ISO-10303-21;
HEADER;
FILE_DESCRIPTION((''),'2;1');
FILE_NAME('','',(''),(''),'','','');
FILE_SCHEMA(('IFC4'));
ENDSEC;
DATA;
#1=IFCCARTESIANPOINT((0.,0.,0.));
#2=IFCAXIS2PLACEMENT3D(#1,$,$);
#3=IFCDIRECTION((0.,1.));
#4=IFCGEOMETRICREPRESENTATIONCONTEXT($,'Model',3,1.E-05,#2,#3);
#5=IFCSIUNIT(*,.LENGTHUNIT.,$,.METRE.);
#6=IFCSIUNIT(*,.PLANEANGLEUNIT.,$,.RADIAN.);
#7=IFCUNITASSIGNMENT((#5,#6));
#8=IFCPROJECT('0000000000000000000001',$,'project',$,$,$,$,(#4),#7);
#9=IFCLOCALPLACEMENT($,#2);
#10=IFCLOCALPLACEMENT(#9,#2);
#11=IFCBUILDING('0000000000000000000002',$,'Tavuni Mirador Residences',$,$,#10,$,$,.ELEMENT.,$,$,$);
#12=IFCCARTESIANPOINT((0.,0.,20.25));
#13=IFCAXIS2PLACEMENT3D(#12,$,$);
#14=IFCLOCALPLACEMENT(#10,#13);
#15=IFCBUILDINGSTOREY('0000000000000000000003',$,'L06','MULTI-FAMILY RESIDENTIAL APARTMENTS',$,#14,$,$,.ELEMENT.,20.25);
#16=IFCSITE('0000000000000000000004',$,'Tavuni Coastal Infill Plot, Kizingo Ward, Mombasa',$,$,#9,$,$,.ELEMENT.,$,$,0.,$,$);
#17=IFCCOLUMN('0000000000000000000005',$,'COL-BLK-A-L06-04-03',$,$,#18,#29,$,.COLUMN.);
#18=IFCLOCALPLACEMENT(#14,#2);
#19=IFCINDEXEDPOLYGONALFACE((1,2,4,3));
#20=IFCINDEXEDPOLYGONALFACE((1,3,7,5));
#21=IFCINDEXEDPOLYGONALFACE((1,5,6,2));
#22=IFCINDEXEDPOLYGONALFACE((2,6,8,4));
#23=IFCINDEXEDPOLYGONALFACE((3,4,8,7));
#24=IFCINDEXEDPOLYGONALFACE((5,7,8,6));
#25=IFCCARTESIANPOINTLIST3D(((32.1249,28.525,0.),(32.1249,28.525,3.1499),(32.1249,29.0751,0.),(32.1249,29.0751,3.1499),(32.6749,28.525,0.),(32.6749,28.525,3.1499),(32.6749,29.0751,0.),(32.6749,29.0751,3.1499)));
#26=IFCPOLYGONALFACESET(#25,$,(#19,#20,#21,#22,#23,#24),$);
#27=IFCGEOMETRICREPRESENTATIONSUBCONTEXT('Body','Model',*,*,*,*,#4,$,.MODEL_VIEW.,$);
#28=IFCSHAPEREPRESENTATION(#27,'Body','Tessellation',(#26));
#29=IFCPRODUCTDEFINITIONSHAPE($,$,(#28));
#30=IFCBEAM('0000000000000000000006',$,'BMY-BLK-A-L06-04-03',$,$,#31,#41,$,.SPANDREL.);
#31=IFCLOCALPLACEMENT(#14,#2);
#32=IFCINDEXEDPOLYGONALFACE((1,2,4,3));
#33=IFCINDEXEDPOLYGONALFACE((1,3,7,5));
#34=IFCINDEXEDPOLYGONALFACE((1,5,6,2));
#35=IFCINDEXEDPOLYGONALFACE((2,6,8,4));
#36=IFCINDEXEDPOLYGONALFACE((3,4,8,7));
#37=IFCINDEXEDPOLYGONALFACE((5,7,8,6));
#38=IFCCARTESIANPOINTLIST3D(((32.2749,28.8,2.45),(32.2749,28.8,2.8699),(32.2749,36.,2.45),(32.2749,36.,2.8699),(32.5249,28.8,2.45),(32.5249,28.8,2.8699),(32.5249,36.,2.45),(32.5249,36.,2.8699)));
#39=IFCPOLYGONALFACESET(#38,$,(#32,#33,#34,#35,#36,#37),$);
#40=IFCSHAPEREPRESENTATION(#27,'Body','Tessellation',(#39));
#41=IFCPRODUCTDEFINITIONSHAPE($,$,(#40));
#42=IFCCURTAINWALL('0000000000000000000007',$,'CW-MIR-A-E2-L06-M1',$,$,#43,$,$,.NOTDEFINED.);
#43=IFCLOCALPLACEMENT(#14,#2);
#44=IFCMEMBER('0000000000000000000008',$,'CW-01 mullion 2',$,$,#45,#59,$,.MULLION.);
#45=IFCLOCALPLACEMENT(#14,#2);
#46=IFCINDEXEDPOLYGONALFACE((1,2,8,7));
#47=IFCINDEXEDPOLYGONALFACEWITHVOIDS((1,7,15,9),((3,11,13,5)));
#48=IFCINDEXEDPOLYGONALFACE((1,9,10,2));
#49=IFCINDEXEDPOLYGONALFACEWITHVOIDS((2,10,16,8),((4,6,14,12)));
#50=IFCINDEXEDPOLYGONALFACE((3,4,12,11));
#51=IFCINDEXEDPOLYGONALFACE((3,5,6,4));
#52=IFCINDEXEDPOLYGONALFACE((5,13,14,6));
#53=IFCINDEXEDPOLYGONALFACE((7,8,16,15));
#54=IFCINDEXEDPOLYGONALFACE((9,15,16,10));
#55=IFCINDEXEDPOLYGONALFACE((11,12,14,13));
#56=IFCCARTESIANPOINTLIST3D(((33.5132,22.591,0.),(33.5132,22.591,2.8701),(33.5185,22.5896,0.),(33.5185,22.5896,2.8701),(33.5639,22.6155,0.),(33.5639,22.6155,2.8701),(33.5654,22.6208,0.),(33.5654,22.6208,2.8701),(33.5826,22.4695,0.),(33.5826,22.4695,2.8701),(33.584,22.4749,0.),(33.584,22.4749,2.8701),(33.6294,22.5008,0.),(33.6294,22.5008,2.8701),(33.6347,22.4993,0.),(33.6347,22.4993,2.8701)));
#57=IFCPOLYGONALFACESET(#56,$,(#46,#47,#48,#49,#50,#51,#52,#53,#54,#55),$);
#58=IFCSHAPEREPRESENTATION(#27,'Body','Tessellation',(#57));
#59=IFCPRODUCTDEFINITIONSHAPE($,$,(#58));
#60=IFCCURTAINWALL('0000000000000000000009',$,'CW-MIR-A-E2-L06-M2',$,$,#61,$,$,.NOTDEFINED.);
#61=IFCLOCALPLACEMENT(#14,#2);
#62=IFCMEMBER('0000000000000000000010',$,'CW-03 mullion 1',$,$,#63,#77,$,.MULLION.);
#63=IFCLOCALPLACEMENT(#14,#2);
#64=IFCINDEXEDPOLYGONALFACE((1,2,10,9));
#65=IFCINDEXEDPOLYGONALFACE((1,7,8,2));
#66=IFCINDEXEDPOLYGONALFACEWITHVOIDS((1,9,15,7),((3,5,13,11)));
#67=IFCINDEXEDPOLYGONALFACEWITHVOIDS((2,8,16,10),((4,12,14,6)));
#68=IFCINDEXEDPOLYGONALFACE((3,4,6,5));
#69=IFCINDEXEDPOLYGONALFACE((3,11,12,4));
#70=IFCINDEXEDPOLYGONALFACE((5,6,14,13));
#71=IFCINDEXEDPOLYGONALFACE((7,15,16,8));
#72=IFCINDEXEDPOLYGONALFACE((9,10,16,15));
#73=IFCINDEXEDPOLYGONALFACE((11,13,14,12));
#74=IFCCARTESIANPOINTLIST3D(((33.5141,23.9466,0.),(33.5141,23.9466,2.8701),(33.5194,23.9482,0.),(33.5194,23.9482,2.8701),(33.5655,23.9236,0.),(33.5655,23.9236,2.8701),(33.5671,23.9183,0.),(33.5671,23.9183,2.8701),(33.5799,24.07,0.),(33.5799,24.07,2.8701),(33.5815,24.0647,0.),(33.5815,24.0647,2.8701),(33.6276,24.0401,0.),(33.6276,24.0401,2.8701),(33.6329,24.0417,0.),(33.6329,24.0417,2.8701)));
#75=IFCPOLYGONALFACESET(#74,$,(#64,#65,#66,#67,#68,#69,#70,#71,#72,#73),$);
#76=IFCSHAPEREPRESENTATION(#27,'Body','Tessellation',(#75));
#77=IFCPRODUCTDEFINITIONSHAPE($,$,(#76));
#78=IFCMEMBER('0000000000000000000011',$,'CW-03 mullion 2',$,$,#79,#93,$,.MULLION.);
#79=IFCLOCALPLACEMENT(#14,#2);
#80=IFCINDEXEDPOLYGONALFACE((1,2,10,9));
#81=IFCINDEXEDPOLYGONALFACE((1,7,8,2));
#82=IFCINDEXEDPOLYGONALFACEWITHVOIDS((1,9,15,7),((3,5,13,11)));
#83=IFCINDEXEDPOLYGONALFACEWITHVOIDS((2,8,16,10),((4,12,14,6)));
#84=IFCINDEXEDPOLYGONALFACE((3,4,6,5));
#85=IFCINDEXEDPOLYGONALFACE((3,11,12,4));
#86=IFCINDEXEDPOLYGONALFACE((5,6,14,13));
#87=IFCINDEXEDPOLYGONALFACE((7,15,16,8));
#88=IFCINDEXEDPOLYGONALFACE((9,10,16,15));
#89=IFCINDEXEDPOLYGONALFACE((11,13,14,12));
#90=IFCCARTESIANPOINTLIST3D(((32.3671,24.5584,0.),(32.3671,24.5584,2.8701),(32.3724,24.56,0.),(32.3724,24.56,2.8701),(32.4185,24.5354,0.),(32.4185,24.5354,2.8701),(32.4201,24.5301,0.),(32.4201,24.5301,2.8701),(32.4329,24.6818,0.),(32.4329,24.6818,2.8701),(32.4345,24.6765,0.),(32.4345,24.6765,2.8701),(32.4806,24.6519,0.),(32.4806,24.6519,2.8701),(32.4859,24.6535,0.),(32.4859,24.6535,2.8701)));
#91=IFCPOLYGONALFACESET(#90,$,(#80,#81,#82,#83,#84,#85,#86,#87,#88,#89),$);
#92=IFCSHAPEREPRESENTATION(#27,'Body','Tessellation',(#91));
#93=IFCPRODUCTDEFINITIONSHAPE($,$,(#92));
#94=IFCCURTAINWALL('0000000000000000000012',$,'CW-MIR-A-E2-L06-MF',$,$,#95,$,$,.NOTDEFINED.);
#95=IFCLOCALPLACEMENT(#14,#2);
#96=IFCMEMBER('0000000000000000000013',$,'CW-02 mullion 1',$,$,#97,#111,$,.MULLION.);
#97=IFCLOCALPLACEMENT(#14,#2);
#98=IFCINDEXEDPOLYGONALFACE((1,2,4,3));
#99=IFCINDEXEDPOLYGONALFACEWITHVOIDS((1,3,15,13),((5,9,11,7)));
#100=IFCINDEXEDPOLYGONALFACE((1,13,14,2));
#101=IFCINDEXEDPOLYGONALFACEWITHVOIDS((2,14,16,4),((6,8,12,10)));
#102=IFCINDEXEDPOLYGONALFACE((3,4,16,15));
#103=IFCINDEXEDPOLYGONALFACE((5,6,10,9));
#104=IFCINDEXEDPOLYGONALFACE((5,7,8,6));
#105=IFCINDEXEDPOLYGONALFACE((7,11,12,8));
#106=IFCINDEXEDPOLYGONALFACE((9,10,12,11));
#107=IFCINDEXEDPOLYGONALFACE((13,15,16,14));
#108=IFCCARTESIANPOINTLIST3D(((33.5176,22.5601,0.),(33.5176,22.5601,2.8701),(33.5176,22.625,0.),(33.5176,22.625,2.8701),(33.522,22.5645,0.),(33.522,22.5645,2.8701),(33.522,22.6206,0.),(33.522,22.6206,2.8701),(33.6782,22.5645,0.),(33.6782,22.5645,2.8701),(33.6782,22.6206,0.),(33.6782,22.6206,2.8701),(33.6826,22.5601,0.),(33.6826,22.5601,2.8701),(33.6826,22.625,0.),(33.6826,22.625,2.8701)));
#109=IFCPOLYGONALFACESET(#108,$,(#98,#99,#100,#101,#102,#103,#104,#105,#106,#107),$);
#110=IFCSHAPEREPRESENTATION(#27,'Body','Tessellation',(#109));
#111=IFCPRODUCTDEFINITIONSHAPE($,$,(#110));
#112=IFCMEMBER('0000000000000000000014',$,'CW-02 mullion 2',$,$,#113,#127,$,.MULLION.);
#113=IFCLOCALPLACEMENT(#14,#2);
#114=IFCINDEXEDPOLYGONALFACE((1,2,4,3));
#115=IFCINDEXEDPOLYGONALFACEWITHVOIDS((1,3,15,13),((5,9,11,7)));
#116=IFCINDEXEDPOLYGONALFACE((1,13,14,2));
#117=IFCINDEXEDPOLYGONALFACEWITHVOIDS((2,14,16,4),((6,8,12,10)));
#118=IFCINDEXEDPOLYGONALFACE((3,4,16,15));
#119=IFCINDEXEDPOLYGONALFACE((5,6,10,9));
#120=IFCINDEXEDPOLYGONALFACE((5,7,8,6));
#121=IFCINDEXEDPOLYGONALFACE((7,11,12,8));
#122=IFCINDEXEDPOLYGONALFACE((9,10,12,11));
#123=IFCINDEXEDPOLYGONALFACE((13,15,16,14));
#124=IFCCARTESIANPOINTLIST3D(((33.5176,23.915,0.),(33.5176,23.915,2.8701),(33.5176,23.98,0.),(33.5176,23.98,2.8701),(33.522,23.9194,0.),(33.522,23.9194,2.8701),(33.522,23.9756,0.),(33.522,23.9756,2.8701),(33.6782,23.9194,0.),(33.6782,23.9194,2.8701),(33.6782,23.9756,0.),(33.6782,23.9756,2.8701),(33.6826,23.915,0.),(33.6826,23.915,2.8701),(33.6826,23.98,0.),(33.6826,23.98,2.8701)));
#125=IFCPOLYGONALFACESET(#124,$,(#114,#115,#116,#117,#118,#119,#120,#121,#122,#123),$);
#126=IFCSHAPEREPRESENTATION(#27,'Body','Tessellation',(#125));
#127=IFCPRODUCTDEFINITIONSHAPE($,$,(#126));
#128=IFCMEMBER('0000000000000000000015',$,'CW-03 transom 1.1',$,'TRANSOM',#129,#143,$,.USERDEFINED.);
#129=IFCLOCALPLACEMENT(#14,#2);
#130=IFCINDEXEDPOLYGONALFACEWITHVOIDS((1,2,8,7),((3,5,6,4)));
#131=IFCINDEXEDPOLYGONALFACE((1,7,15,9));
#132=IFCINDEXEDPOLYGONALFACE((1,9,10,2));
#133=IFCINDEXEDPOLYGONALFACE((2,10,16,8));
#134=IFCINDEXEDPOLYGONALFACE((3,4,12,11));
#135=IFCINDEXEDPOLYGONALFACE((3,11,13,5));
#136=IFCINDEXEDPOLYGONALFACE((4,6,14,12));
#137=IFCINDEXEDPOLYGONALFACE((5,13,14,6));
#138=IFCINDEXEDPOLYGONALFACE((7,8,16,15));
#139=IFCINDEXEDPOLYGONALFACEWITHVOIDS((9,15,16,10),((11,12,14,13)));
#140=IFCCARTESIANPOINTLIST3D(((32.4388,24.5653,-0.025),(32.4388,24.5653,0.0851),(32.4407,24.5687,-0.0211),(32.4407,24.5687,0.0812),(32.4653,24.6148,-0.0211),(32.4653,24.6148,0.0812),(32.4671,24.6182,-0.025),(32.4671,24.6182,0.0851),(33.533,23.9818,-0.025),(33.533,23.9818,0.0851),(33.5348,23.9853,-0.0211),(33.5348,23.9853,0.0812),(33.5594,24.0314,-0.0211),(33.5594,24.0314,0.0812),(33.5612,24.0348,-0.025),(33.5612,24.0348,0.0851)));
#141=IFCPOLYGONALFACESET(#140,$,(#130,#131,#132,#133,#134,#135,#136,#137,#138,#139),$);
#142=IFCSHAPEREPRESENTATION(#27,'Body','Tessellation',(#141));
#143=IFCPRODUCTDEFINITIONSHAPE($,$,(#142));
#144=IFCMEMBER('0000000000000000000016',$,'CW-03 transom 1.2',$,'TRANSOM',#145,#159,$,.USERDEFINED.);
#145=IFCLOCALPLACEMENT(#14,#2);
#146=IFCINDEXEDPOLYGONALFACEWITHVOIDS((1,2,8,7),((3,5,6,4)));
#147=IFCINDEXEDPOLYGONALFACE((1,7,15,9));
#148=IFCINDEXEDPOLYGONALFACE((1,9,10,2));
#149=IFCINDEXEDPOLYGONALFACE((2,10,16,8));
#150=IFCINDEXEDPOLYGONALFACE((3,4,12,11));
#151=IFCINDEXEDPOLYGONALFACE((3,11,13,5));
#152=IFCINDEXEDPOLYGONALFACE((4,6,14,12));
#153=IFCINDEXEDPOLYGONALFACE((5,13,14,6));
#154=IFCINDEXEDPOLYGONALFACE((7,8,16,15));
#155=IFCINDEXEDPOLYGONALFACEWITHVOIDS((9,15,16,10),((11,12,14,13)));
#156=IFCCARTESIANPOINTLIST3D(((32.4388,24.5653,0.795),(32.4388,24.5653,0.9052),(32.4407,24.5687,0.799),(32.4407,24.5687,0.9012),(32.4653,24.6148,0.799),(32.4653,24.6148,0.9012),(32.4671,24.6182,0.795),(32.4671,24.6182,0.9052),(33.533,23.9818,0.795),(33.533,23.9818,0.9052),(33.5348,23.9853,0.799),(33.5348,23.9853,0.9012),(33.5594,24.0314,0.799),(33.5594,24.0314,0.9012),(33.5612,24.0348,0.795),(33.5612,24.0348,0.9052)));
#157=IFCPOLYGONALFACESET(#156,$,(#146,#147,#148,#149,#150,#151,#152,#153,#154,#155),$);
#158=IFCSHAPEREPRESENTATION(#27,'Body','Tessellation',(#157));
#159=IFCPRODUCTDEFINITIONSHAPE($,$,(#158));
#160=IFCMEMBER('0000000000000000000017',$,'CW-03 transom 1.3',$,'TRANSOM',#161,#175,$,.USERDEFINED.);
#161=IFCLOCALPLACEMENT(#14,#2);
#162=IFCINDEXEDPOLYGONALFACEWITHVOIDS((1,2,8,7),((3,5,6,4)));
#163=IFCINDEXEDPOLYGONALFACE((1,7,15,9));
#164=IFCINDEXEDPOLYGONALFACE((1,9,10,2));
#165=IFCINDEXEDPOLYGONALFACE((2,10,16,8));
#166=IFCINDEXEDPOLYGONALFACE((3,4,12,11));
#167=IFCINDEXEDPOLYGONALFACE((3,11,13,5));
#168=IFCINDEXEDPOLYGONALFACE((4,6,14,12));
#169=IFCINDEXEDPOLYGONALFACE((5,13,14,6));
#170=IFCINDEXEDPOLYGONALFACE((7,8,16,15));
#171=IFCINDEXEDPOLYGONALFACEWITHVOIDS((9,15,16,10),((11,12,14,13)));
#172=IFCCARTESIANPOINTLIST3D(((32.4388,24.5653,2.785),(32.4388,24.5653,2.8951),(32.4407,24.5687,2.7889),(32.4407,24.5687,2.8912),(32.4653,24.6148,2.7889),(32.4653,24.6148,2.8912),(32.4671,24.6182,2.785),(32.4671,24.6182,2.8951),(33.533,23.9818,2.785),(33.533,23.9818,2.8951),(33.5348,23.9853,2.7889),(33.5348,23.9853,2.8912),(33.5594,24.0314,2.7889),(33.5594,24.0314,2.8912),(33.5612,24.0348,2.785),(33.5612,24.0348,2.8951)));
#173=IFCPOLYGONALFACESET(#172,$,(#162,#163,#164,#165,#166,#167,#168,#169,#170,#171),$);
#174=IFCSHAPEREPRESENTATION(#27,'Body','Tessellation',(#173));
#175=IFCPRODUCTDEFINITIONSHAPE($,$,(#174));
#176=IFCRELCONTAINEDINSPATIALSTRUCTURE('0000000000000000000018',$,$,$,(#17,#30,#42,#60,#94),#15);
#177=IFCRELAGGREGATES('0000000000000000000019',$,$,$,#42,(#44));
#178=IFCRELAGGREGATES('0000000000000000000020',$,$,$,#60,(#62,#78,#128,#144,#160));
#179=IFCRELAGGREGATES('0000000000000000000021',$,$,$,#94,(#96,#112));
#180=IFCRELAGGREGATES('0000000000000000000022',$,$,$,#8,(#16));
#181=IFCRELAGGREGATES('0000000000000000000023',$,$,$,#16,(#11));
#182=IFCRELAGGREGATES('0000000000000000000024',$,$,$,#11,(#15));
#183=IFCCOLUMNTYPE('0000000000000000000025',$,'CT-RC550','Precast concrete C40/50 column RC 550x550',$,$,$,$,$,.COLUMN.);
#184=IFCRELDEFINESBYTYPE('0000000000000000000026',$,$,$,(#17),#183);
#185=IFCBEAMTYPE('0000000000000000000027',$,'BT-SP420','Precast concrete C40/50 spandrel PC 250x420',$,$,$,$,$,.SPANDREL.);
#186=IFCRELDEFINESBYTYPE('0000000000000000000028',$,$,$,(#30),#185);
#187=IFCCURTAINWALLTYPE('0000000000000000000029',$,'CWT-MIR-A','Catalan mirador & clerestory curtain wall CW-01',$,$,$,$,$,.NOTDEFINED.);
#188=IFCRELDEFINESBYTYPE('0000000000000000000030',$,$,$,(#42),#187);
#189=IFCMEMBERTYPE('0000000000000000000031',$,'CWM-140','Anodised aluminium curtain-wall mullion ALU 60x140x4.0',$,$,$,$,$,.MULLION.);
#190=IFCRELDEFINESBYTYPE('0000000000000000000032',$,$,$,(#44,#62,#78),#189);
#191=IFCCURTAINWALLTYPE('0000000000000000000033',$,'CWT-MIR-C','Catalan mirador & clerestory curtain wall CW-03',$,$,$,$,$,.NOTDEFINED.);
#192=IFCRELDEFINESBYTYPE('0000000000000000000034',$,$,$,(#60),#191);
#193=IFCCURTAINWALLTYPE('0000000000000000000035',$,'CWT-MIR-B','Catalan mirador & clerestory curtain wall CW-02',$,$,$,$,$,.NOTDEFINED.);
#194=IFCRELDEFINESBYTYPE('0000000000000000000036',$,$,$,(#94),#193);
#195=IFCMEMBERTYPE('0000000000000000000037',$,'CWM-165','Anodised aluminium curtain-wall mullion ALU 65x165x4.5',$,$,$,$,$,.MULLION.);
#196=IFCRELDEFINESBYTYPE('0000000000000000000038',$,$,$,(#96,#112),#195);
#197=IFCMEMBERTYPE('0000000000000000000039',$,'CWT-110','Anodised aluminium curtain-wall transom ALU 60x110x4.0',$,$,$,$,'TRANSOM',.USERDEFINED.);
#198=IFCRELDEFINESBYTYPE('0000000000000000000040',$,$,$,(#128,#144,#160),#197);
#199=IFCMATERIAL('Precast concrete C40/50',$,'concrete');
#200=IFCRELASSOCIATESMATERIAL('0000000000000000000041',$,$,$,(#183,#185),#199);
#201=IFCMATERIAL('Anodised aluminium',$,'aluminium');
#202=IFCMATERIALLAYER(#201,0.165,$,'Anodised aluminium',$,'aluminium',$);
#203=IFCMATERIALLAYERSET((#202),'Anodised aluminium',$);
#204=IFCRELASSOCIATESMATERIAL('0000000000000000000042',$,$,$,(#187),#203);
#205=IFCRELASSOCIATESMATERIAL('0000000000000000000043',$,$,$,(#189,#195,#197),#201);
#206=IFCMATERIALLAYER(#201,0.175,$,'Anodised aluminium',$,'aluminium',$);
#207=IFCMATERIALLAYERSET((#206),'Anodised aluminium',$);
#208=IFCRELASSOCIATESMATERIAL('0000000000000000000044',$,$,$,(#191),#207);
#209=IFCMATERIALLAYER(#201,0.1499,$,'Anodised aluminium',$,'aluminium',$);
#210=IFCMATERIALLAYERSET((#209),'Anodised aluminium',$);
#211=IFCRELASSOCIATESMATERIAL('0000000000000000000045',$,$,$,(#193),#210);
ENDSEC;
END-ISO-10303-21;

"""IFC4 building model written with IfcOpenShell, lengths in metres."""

from ifc_helpers import new_model, si_unit, direction, frame, origin, origin_2d, place, context, subcontext, project, spatial, rectangle, hollow_rectangle, extrude, material, layer, layer_set, material_profile, profile_set, type_object, element, aggregate, save


model = new_model("IFC4")

# Units and contexts
model_context = context("Model", 3, precision=1e-05, world=origin(), true_north=direction((0.0, 1.0)))
body_context = subcontext(model_context, "Body", "Model", "MODEL_VIEW")
ifc_project = project(units=[si_unit("LENGTHUNIT", "METRE"), si_unit("PLANEANGLEUNIT", "RADIAN")], contexts=[model_context])

# Site, building, storey
site_placement = place(None, origin())
site = spatial("IfcSite", under=ifc_project, at=site_placement, Name="Tavuni Coastal Infill Plot, Kizingo Ward, Mombasa", CompositionType="ELEMENT", RefElevation=0.0)
building_placement = place(site_placement, origin())
building = spatial("IfcBuilding", under=site, at=building_placement, Name="Tavuni Mirador Residences", CompositionType="ELEMENT")
storey_placement = place(building_placement, frame((0.0, 0.0, 20.25)))
storey = spatial("IfcBuildingStorey", under=building, at=storey_placement, Name="L06", Description="MULTI-FAMILY RESIDENTIAL APARTMENTS", CompositionType="ELEMENT", Elevation=20.25)

# Column
ifc_material_1 = material(Name="Precast concrete C40/50", Category="concrete")
ifc_material_profile_1 = material_profile(ifc_material_1, rectangle(XDim=0.55, YDim=0.55, at=origin_2d()), Name="RC 550x550", Category="concrete")
ifc_profile_set_1 = profile_set([ifc_material_profile_1], Name="Precast concrete C40/50")
column_type = type_object("IfcColumnType", Name="CT-RC550", Description="Precast concrete C40/50 column RC 550x550", PredefinedType="COLUMN", material=ifc_profile_set_1)
column_placement = place(storey_placement, frame((32.3999, 28.8, 0.0), z_axis=(0.0, 0.0, 1.0), x_axis=(1.0, 0.0, 0.0)))
element("IfcColumn", 1, at=column_placement, inside=storey, type_object=column_type, Name="COL-BLK-A-L06-04-03", PredefinedType="COLUMN", context=body_context, shape_type="SweptSolid", body=[
    extrude(rectangle(XDim=0.55, YDim=0.55, at=origin_2d()), origin(), (0.0, 0.0, 1.0), 3.1499),
])

# Beam
ifc_material_profile_2 = material_profile(ifc_material_1, rectangle(XDim=0.25, YDim=0.4199, at=origin_2d()), Name="PC 250x420", Category="concrete")
ifc_profile_set_2 = profile_set([ifc_material_profile_2], Name="Precast concrete C40/50")
beam_type = type_object("IfcBeamType", Name="BT-SP420", Description="Precast concrete C40/50 spandrel PC 250x420", PredefinedType="SPANDREL", material=ifc_profile_set_2)
beam_placement = place(storey_placement, frame((32.3999, 28.8, 2.6599), z_axis=(0.0, 1.0, 0.0), x_axis=(-1.0, 0.0, 0.0)))
element("IfcBeam", 2, at=beam_placement, inside=storey, type_object=beam_type, Name="BMY-BLK-A-L06-04-03", PredefinedType="SPANDREL", context=body_context, shape_type="SweptSolid", body=[
    extrude(rectangle(XDim=0.25, YDim=0.4199, at=origin_2d()), origin(), (0.0, 0.0, 1.0), 7.2),
])

# Curtain wall, member
ifc_material_2 = material(Name="Anodised aluminium", Category="aluminium")
ifc_layer_1 = layer(ifc_material_2, 0.165, Name="Anodised aluminium", Category="aluminium")
ifc_layer_set_1 = layer_set([ifc_layer_1], Name="Anodised aluminium")
curtain_wall_type_1 = type_object("IfcCurtainWallType", Name="CWT-MIR-A", Description="Catalan mirador & clerestory curtain wall CW-01", PredefinedType="NOTDEFINED", material=ifc_layer_set_1)
curtain_wall_1_placement = place(storey_placement, origin())
curtain_wall_1 = element("IfcCurtainWall", 3, at=curtain_wall_1_placement, inside=storey, type_object=curtain_wall_type_1, Name="CW-MIR-A-E2-L06-M1", PredefinedType="NOTDEFINED")
ifc_material_profile_3 = material_profile(ifc_material_2, hollow_rectangle(XDim=0.0601, YDim=0.1399, WallThickness=0.0039, at=origin_2d()), Name="ALU 60x140x4.0", Category="aluminium")
ifc_profile_set_3 = profile_set([ifc_material_profile_3], Name="Anodised aluminium")
member_type_1 = type_object("IfcMemberType", Name="CWM-140", Description="Anodised aluminium curtain-wall mullion ALU 60x140x4.0", PredefinedType="MULLION", material=ifc_profile_set_3)
member_1_placement = place(storey_placement, frame((33.574, 22.5452, 0.0), z_axis=(0.0, 0.0, 1.0), x_axis=(0.868466, 0.495749, 0.0)))
member_1 = element("IfcMember", 4, at=member_1_placement, type_object=member_type_1, Name="CW-01 mullion 2", PredefinedType="MULLION", context=body_context, shape_type="SweptSolid", body=[
    extrude(hollow_rectangle(XDim=0.0601, YDim=0.1399, WallThickness=0.0039, at=origin_2d()), origin(), (0.0, 0.0, 1.0), 2.8701),
])
aggregate(curtain_wall_1, [member_1])

# Curtain walls, members
ifc_layer_2 = layer(ifc_material_2, 0.175, Name="Anodised aluminium", Category="aluminium")
ifc_layer_set_2 = layer_set([ifc_layer_2], Name="Anodised aluminium")
curtain_wall_type_2 = type_object("IfcCurtainWallType", Name="CWT-MIR-C", Description="Catalan mirador & clerestory curtain wall CW-03", PredefinedType="NOTDEFINED", material=ifc_layer_set_2)
curtain_wall_2_placement = place(storey_placement, origin())
curtain_wall_2 = element("IfcCurtainWall", 5, at=curtain_wall_2_placement, inside=storey, type_object=curtain_wall_type_2, Name="CW-MIR-A-E2-L06-M2", PredefinedType="NOTDEFINED")
member_2_placement = place(storey_placement, frame((33.5735, 23.9941, 0.0), z_axis=(0.0, 0.0, 1.0), x_axis=(-0.882353, 0.470588, 0.0)))
member_2 = element("IfcMember", 6, at=member_2_placement, type_object=member_type_1, Name="CW-03 mullion 1", PredefinedType="MULLION", context=body_context, shape_type="SweptSolid", body=[
    extrude(hollow_rectangle(XDim=0.0601, YDim=0.1399, WallThickness=0.0039, at=origin_2d()), origin(), (0.0, 0.0, 1.0), 2.8701),
])
member_3_placement = place(storey_placement, frame((32.4265, 24.606, 0.0), z_axis=(0.0, 0.0, 1.0), x_axis=(-0.882353, 0.470588, 0.0)))
member_3 = element("IfcMember", 7, at=member_3_placement, type_object=member_type_1, Name="CW-03 mullion 2", PredefinedType="MULLION", context=body_context, shape_type="SweptSolid", body=[
    extrude(hollow_rectangle(XDim=0.0601, YDim=0.1399, WallThickness=0.0039, at=origin_2d()), origin(), (0.0, 0.0, 1.0), 2.8701),
])
ifc_layer_3 = layer(ifc_material_2, 0.1499, Name="Anodised aluminium", Category="aluminium")
ifc_layer_set_3 = layer_set([ifc_layer_3], Name="Anodised aluminium")
curtain_wall_type_3 = type_object("IfcCurtainWallType", Name="CWT-MIR-B", Description="Catalan mirador & clerestory curtain wall CW-02", PredefinedType="NOTDEFINED", material=ifc_layer_set_3)
curtain_wall_3_placement = place(storey_placement, origin())
curtain_wall_3 = element("IfcCurtainWall", 8, at=curtain_wall_3_placement, inside=storey, type_object=curtain_wall_type_3, Name="CW-MIR-A-E2-L06-MF", PredefinedType="NOTDEFINED")
ifc_material_profile_4 = material_profile(ifc_material_2, hollow_rectangle(XDim=0.0649, YDim=0.165, WallThickness=0.0044, at=origin_2d()), Name="ALU 65x165x4.5", Category="aluminium")
ifc_profile_set_4 = profile_set([ifc_material_profile_4], Name="Anodised aluminium")
member_type_2 = type_object("IfcMemberType", Name="CWM-165", Description="Anodised aluminium curtain-wall mullion ALU 65x165x4.5", PredefinedType="MULLION", material=ifc_profile_set_4)
member_4_placement = place(storey_placement, frame((33.6001, 22.5925, 0.0), z_axis=(0.0, 0.0, 1.0), x_axis=(0.0, 1.0, 0.0)))
member_4 = element("IfcMember", 9, at=member_4_placement, type_object=member_type_2, Name="CW-02 mullion 1", PredefinedType="MULLION", context=body_context, shape_type="SweptSolid", body=[
    extrude(hollow_rectangle(XDim=0.0649, YDim=0.165, WallThickness=0.0044, at=origin_2d()), origin(), (0.0, 0.0, 1.0), 2.8701),
])
member_5_placement = place(storey_placement, frame((33.6001, 23.9475, 0.0), z_axis=(0.0, 0.0, 1.0), x_axis=(0.0, 1.0, 0.0)))
member_5 = element("IfcMember", 10, at=member_5_placement, type_object=member_type_2, Name="CW-02 mullion 2", PredefinedType="MULLION", context=body_context, shape_type="SweptSolid", body=[
    extrude(hollow_rectangle(XDim=0.0649, YDim=0.165, WallThickness=0.0044, at=origin_2d()), origin(), (0.0, 0.0, 1.0), 2.8701),
])

# Members
ifc_material_profile_5 = material_profile(ifc_material_2, hollow_rectangle(XDim=0.0601, YDim=0.1101, WallThickness=0.0039, at=origin_2d()), Name="ALU 60x110x4.0", Category="aluminium")
ifc_profile_set_5 = profile_set([ifc_material_profile_5], Name="Anodised aluminium")
member_type_3 = type_object("IfcMemberType", Name="CWT-110", Description="Anodised aluminium curtain-wall transom ALU 60x110x4.0", ElementType="TRANSOM", PredefinedType="USERDEFINED", material=ifc_profile_set_5)
member_6_placement = place(storey_placement, frame((33.5471, 24.0083, 0.03), z_axis=(-0.882386, 0.470527, 0.0), x_axis=(-0.470527, -0.882386, 0.0)))
member_6 = element("IfcMember", 11, at=member_6_placement, type_object=member_type_3, Name="CW-03 transom 1.1", ObjectType="TRANSOM", PredefinedType="USERDEFINED", context=body_context, shape_type="SweptSolid", body=[
    extrude(hollow_rectangle(XDim=0.0601, YDim=0.1101, WallThickness=0.0039, at=origin_2d()), origin(), (0.0, 0.0, 1.0), 1.24),
])
member_7_placement = place(storey_placement, frame((33.5471, 24.0083, 0.8501), z_axis=(-0.882386, 0.470527, 0.0), x_axis=(-0.470527, -0.882386, 0.0)))
member_7 = element("IfcMember", 12, at=member_7_placement, type_object=member_type_3, Name="CW-03 transom 1.2", ObjectType="TRANSOM", PredefinedType="USERDEFINED", context=body_context, shape_type="SweptSolid", body=[
    extrude(hollow_rectangle(XDim=0.0601, YDim=0.1101, WallThickness=0.0039, at=origin_2d()), origin(), (0.0, 0.0, 1.0), 1.24),
])
member_8_placement = place(storey_placement, frame((33.5471, 24.0083, 2.8401), z_axis=(-0.882386, 0.470527, 0.0), x_axis=(-0.470527, -0.882386, 0.0)))
member_8 = element("IfcMember", 13, at=member_8_placement, type_object=member_type_3, Name="CW-03 transom 1.3", ObjectType="TRANSOM", PredefinedType="USERDEFINED", context=body_context, shape_type="SweptSolid", body=[
    extrude(hollow_rectangle(XDim=0.0601, YDim=0.1101, WallThickness=0.0039, at=origin_2d()), origin(), (0.0, 0.0, 1.0), 1.24),
])

aggregate(curtain_wall_2, [member_2, member_3, member_6, member_7, member_8])
aggregate(curtain_wall_3, [member_4, member_5])

save(model, "model.ifc")
